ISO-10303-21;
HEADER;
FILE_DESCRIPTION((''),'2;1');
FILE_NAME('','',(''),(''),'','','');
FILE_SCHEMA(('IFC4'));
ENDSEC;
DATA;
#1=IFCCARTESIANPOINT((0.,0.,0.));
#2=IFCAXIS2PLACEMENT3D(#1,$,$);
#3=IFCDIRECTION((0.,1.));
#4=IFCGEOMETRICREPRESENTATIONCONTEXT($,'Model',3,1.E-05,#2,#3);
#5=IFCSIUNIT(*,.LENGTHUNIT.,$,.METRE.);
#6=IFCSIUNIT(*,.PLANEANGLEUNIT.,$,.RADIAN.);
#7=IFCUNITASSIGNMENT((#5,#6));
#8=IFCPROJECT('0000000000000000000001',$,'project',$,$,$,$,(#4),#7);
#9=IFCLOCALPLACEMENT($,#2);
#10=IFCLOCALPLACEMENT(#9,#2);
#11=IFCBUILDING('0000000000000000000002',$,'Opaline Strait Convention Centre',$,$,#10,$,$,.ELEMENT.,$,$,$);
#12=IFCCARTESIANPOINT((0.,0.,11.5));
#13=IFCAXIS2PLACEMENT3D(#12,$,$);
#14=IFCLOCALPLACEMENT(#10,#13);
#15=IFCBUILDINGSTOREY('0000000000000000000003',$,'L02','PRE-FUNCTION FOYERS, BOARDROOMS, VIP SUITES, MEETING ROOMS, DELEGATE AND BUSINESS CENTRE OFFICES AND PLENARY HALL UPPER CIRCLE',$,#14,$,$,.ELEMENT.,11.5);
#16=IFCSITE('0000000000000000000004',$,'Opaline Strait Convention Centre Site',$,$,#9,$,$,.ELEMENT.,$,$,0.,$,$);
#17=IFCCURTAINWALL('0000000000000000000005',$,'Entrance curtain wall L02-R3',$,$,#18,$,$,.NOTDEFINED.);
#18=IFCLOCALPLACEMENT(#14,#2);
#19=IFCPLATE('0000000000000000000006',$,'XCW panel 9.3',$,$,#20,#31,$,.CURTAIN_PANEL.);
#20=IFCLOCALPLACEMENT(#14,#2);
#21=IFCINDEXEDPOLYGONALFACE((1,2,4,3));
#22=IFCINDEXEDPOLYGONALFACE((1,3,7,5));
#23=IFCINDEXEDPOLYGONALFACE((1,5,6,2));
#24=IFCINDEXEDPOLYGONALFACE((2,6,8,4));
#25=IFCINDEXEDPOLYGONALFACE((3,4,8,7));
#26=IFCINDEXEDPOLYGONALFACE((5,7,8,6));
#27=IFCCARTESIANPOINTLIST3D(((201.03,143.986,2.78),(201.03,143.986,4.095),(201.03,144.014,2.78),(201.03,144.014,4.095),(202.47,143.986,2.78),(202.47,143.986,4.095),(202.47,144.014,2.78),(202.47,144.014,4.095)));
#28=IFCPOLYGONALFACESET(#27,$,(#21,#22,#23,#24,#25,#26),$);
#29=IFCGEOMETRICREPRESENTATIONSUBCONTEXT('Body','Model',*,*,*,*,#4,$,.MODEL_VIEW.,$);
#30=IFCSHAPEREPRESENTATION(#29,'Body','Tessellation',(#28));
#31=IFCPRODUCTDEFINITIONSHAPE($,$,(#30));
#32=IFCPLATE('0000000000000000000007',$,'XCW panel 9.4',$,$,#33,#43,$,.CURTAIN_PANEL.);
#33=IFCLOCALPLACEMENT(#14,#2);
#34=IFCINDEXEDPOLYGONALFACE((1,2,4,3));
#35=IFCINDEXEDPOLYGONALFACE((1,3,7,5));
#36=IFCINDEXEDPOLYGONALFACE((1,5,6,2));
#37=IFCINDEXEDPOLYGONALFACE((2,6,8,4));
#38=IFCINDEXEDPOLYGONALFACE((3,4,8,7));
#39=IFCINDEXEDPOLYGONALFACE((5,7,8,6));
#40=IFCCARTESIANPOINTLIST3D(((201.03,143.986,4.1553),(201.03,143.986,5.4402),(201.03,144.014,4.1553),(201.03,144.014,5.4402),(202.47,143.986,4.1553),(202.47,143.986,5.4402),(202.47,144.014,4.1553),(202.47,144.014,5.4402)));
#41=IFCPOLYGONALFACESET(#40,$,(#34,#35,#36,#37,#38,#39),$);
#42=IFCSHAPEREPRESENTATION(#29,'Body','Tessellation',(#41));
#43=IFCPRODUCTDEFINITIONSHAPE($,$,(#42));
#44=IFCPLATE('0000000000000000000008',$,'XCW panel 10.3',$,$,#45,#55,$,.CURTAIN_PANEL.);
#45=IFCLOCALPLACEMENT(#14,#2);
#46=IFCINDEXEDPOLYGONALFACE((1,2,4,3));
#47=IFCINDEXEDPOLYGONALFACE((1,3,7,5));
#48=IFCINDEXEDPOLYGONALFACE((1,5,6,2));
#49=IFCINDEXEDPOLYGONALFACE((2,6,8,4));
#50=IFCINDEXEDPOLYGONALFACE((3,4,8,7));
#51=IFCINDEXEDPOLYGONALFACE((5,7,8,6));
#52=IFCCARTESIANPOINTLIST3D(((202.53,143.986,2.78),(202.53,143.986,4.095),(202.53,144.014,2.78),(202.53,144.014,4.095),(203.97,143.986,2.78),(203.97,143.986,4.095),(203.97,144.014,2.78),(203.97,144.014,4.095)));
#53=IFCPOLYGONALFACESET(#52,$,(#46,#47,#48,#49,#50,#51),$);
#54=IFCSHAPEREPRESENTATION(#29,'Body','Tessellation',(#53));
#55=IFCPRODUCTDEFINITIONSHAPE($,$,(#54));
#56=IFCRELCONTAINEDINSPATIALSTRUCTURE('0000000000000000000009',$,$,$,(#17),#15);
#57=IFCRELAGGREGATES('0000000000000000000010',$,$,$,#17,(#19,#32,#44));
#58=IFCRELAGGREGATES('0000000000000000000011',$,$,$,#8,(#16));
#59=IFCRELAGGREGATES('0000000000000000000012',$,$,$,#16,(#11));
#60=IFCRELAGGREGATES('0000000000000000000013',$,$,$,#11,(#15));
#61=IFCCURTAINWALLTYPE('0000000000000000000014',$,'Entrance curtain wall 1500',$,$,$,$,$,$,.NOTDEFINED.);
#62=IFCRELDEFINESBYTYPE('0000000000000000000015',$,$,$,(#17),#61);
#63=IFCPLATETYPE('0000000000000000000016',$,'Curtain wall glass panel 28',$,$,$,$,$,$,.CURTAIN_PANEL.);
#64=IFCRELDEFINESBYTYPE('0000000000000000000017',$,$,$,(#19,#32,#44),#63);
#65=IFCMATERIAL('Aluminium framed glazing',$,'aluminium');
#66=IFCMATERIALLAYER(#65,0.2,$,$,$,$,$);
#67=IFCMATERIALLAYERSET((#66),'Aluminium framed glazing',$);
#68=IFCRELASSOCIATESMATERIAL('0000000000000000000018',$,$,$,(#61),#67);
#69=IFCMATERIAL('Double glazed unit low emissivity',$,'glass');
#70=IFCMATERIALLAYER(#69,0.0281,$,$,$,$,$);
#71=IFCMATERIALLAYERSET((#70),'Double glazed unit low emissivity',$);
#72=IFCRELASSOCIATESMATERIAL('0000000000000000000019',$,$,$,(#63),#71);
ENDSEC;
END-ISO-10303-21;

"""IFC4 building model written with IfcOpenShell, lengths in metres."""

from ifc_helpers import new_model, si_unit, direction, frame, origin, origin_2d, place, context, subcontext, project, spatial, rectangle, extrude, material, layer, layer_set, type_object, element, aggregate, save


model = new_model("IFC4")

# Units and contexts
model_context = context("Model", 3, precision=1e-05, world=origin(), true_north=direction((0.0, 1.0)))
body_context = subcontext(model_context, "Body", "Model", "MODEL_VIEW")
ifc_project = project(units=[si_unit("LENGTHUNIT", "METRE"), si_unit("PLANEANGLEUNIT", "RADIAN")], contexts=[model_context])

# Site, building, storey
site_placement = place(None, origin())
site = spatial("IfcSite", under=ifc_project, at=site_placement, Name="Opaline Strait Convention Centre Site", CompositionType="ELEMENT", RefElevation=0.0)
building_placement = place(site_placement, origin())
building = spatial("IfcBuilding", under=site, at=building_placement, Name="Opaline Strait Convention Centre", CompositionType="ELEMENT")
storey_placement = place(building_placement, frame((0.0, 0.0, 11.5)))
storey = spatial("IfcBuildingStorey", under=building, at=storey_placement, Name="L02", Description="PRE-FUNCTION FOYERS, BOARDROOMS, VIP SUITES, MEETING ROOMS, DELEGATE AND BUSINESS CENTRE OFFICES AND PLENARY HALL UPPER CIRCLE", CompositionType="ELEMENT", Elevation=11.5)

# Curtain wall
ifc_material_1 = material(Name="Aluminium framed glazing", Category="aluminium")
ifc_layer_1 = layer(ifc_material_1, 0.2)
ifc_layer_set_1 = layer_set([ifc_layer_1], Name="Aluminium framed glazing")
curtain_wall_type = type_object("IfcCurtainWallType", Name="Entrance curtain wall 1500", PredefinedType="NOTDEFINED", material=ifc_layer_set_1)
curtain_wall_placement = place(storey_placement, origin())
curtain_wall = element("IfcCurtainWall", 1, at=curtain_wall_placement, inside=storey, type_object=curtain_wall_type, Name="Entrance curtain wall L02-R3", PredefinedType="NOTDEFINED")

# Plates
ifc_material_2 = material(Name="Double glazed unit low emissivity", Category="glass")
ifc_layer_2 = layer(ifc_material_2, 0.0281)
ifc_layer_set_2 = layer_set([ifc_layer_2], Name="Double glazed unit low emissivity")
plate_type = type_object("IfcPlateType", Name="Curtain wall glass panel 28", PredefinedType="CURTAIN_PANEL", material=ifc_layer_set_2)
plate_1_placement = place(storey_placement, frame((201.75, 144.0, 2.78), z_axis=(0.0, 0.0, 1.0), x_axis=(1.0, 0.0, 0.0)))
plate_1 = element("IfcPlate", 2, at=plate_1_placement, type_object=plate_type, Name="XCW panel 9.3", PredefinedType="CURTAIN_PANEL", context=body_context, shape_type="SweptSolid", body=[
    extrude(rectangle(XDim=1.4399, YDim=0.0281, at=origin_2d()), origin(), (0.0, 0.0, 1.0), 1.3149),
])
plate_2_placement = place(storey_placement, frame((201.75, 144.0, 4.1553), z_axis=(0.0, 0.0, 1.0), x_axis=(1.0, 0.0, 0.0)))
plate_2 = element("IfcPlate", 3, at=plate_2_placement, type_object=plate_type, Name="XCW panel 9.4", PredefinedType="CURTAIN_PANEL", context=body_context, shape_type="SweptSolid", body=[
    extrude(rectangle(XDim=1.4399, YDim=0.0281, at=origin_2d()), origin(), (0.0, 0.0, 1.0), 1.2849),
])
plate_3_placement = place(storey_placement, frame((203.25, 144.0, 2.78), z_axis=(0.0, 0.0, 1.0), x_axis=(1.0, 0.0, 0.0)))
plate_3 = element("IfcPlate", 4, at=plate_3_placement, type_object=plate_type, Name="XCW panel 10.3", PredefinedType="CURTAIN_PANEL", context=body_context, shape_type="SweptSolid", body=[
    extrude(rectangle(XDim=1.4399, YDim=0.0281, at=origin_2d()), origin(), (0.0, 0.0, 1.0), 1.3149),
])
aggregate(curtain_wall, [plate_1, plate_2, plate_3])

save(model, "model.ifc")
